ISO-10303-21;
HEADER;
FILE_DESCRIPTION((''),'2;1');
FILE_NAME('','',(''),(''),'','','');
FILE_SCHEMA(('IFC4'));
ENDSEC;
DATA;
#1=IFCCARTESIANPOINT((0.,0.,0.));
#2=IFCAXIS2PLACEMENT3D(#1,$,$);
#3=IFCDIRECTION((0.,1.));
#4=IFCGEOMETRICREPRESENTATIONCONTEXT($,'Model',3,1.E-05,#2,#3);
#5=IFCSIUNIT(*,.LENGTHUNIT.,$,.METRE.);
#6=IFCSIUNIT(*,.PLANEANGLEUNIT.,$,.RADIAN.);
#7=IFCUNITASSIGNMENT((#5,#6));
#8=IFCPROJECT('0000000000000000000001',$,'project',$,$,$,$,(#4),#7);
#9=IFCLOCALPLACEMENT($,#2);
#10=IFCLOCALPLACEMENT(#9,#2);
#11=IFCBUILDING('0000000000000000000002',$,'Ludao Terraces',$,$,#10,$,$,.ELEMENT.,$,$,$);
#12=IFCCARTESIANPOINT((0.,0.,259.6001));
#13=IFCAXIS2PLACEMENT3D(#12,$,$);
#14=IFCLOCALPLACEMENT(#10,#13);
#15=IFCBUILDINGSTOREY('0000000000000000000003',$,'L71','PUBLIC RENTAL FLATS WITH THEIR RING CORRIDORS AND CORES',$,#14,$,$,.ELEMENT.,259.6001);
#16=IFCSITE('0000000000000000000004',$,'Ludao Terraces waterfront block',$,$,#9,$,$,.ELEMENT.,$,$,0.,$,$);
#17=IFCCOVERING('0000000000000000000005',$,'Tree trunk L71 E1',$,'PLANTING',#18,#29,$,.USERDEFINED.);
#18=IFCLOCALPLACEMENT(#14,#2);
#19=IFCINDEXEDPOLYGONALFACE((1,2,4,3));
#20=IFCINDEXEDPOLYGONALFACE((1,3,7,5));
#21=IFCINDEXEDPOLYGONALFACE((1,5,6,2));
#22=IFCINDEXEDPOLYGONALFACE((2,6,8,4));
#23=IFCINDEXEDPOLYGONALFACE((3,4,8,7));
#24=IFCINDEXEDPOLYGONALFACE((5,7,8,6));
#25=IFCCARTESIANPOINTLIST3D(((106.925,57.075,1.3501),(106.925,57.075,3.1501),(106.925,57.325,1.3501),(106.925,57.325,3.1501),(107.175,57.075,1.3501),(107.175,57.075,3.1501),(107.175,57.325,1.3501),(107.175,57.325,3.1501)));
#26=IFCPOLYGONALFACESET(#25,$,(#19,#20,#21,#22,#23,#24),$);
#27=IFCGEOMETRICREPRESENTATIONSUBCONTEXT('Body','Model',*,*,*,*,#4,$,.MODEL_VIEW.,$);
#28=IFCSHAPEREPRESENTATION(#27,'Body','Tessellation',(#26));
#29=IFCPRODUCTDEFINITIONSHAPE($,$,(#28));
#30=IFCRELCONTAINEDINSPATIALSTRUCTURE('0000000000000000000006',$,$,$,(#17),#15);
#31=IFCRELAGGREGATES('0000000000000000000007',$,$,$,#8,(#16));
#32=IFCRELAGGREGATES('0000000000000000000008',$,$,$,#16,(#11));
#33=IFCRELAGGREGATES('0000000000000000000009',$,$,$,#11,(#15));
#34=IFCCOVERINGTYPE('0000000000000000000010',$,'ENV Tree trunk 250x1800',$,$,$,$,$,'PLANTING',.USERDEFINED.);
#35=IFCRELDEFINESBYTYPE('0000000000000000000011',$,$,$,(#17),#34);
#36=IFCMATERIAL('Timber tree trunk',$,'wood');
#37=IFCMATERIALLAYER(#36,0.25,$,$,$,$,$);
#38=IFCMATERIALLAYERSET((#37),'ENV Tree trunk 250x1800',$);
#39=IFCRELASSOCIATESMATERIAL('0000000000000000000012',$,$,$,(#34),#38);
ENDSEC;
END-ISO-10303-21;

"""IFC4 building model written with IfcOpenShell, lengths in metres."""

from ifc_helpers import new_model, si_unit, direction, frame, origin, origin_2d, place, context, subcontext, project, spatial, rectangle, extrude, material, layer, layer_set, type_object, element, save


model = new_model("IFC4")

# Units and contexts
model_context = context("Model", 3, precision=1e-05, world=origin(), true_north=direction((0.0, 1.0)))
body_context = subcontext(model_context, "Body", "Model", "MODEL_VIEW")
ifc_project = project(units=[si_unit("LENGTHUNIT", "METRE"), si_unit("PLANEANGLEUNIT", "RADIAN")], contexts=[model_context])

# Site, building, storey
site_placement = place(None, origin())
site = spatial("IfcSite", under=ifc_project, at=site_placement, Name="Ludao Terraces waterfront block", CompositionType="ELEMENT", RefElevation=0.0)
building_placement = place(site_placement, origin())
building = spatial("IfcBuilding", under=site, at=building_placement, Name="Ludao Terraces", CompositionType="ELEMENT")
storey_placement = place(building_placement, frame((0.0, 0.0, 259.6001)))
storey = spatial("IfcBuildingStorey", under=building, at=storey_placement, Name="L71", Description="PUBLIC RENTAL FLATS WITH THEIR RING CORRIDORS AND CORES", CompositionType="ELEMENT", Elevation=259.6001)

# Covering
ifc_material_1 = material(Name="Timber tree trunk", Category="wood")
ifc_layer_1 = layer(ifc_material_1, 0.25)
ifc_layer_set_1 = layer_set([ifc_layer_1], Name="ENV Tree trunk 250x1800")
covering_type_1 = type_object("IfcCoveringType", Name="ENV Tree trunk 250x1800", ElementType="PLANTING", PredefinedType="USERDEFINED", material=ifc_layer_set_1)
covering_1_placement = place(storey_placement, frame((107.05, 57.2, 1.3501), z_axis=(0.0, 0.0, 1.0), x_axis=(1.0, 0.0, 0.0)))
element("IfcCovering", 1, at=covering_1_placement, inside=storey, type_object=covering_type_1, Name="Tree trunk L71 E1", ObjectType="PLANTING", PredefinedType="USERDEFINED", context=body_context, shape_type="SweptSolid", body=[
    extrude(rectangle(XDim=0.25, YDim=0.25, at=origin_2d()), origin(), (0.0, 0.0, 1.0), 1.8),
])

save(model, "model.ifc")
